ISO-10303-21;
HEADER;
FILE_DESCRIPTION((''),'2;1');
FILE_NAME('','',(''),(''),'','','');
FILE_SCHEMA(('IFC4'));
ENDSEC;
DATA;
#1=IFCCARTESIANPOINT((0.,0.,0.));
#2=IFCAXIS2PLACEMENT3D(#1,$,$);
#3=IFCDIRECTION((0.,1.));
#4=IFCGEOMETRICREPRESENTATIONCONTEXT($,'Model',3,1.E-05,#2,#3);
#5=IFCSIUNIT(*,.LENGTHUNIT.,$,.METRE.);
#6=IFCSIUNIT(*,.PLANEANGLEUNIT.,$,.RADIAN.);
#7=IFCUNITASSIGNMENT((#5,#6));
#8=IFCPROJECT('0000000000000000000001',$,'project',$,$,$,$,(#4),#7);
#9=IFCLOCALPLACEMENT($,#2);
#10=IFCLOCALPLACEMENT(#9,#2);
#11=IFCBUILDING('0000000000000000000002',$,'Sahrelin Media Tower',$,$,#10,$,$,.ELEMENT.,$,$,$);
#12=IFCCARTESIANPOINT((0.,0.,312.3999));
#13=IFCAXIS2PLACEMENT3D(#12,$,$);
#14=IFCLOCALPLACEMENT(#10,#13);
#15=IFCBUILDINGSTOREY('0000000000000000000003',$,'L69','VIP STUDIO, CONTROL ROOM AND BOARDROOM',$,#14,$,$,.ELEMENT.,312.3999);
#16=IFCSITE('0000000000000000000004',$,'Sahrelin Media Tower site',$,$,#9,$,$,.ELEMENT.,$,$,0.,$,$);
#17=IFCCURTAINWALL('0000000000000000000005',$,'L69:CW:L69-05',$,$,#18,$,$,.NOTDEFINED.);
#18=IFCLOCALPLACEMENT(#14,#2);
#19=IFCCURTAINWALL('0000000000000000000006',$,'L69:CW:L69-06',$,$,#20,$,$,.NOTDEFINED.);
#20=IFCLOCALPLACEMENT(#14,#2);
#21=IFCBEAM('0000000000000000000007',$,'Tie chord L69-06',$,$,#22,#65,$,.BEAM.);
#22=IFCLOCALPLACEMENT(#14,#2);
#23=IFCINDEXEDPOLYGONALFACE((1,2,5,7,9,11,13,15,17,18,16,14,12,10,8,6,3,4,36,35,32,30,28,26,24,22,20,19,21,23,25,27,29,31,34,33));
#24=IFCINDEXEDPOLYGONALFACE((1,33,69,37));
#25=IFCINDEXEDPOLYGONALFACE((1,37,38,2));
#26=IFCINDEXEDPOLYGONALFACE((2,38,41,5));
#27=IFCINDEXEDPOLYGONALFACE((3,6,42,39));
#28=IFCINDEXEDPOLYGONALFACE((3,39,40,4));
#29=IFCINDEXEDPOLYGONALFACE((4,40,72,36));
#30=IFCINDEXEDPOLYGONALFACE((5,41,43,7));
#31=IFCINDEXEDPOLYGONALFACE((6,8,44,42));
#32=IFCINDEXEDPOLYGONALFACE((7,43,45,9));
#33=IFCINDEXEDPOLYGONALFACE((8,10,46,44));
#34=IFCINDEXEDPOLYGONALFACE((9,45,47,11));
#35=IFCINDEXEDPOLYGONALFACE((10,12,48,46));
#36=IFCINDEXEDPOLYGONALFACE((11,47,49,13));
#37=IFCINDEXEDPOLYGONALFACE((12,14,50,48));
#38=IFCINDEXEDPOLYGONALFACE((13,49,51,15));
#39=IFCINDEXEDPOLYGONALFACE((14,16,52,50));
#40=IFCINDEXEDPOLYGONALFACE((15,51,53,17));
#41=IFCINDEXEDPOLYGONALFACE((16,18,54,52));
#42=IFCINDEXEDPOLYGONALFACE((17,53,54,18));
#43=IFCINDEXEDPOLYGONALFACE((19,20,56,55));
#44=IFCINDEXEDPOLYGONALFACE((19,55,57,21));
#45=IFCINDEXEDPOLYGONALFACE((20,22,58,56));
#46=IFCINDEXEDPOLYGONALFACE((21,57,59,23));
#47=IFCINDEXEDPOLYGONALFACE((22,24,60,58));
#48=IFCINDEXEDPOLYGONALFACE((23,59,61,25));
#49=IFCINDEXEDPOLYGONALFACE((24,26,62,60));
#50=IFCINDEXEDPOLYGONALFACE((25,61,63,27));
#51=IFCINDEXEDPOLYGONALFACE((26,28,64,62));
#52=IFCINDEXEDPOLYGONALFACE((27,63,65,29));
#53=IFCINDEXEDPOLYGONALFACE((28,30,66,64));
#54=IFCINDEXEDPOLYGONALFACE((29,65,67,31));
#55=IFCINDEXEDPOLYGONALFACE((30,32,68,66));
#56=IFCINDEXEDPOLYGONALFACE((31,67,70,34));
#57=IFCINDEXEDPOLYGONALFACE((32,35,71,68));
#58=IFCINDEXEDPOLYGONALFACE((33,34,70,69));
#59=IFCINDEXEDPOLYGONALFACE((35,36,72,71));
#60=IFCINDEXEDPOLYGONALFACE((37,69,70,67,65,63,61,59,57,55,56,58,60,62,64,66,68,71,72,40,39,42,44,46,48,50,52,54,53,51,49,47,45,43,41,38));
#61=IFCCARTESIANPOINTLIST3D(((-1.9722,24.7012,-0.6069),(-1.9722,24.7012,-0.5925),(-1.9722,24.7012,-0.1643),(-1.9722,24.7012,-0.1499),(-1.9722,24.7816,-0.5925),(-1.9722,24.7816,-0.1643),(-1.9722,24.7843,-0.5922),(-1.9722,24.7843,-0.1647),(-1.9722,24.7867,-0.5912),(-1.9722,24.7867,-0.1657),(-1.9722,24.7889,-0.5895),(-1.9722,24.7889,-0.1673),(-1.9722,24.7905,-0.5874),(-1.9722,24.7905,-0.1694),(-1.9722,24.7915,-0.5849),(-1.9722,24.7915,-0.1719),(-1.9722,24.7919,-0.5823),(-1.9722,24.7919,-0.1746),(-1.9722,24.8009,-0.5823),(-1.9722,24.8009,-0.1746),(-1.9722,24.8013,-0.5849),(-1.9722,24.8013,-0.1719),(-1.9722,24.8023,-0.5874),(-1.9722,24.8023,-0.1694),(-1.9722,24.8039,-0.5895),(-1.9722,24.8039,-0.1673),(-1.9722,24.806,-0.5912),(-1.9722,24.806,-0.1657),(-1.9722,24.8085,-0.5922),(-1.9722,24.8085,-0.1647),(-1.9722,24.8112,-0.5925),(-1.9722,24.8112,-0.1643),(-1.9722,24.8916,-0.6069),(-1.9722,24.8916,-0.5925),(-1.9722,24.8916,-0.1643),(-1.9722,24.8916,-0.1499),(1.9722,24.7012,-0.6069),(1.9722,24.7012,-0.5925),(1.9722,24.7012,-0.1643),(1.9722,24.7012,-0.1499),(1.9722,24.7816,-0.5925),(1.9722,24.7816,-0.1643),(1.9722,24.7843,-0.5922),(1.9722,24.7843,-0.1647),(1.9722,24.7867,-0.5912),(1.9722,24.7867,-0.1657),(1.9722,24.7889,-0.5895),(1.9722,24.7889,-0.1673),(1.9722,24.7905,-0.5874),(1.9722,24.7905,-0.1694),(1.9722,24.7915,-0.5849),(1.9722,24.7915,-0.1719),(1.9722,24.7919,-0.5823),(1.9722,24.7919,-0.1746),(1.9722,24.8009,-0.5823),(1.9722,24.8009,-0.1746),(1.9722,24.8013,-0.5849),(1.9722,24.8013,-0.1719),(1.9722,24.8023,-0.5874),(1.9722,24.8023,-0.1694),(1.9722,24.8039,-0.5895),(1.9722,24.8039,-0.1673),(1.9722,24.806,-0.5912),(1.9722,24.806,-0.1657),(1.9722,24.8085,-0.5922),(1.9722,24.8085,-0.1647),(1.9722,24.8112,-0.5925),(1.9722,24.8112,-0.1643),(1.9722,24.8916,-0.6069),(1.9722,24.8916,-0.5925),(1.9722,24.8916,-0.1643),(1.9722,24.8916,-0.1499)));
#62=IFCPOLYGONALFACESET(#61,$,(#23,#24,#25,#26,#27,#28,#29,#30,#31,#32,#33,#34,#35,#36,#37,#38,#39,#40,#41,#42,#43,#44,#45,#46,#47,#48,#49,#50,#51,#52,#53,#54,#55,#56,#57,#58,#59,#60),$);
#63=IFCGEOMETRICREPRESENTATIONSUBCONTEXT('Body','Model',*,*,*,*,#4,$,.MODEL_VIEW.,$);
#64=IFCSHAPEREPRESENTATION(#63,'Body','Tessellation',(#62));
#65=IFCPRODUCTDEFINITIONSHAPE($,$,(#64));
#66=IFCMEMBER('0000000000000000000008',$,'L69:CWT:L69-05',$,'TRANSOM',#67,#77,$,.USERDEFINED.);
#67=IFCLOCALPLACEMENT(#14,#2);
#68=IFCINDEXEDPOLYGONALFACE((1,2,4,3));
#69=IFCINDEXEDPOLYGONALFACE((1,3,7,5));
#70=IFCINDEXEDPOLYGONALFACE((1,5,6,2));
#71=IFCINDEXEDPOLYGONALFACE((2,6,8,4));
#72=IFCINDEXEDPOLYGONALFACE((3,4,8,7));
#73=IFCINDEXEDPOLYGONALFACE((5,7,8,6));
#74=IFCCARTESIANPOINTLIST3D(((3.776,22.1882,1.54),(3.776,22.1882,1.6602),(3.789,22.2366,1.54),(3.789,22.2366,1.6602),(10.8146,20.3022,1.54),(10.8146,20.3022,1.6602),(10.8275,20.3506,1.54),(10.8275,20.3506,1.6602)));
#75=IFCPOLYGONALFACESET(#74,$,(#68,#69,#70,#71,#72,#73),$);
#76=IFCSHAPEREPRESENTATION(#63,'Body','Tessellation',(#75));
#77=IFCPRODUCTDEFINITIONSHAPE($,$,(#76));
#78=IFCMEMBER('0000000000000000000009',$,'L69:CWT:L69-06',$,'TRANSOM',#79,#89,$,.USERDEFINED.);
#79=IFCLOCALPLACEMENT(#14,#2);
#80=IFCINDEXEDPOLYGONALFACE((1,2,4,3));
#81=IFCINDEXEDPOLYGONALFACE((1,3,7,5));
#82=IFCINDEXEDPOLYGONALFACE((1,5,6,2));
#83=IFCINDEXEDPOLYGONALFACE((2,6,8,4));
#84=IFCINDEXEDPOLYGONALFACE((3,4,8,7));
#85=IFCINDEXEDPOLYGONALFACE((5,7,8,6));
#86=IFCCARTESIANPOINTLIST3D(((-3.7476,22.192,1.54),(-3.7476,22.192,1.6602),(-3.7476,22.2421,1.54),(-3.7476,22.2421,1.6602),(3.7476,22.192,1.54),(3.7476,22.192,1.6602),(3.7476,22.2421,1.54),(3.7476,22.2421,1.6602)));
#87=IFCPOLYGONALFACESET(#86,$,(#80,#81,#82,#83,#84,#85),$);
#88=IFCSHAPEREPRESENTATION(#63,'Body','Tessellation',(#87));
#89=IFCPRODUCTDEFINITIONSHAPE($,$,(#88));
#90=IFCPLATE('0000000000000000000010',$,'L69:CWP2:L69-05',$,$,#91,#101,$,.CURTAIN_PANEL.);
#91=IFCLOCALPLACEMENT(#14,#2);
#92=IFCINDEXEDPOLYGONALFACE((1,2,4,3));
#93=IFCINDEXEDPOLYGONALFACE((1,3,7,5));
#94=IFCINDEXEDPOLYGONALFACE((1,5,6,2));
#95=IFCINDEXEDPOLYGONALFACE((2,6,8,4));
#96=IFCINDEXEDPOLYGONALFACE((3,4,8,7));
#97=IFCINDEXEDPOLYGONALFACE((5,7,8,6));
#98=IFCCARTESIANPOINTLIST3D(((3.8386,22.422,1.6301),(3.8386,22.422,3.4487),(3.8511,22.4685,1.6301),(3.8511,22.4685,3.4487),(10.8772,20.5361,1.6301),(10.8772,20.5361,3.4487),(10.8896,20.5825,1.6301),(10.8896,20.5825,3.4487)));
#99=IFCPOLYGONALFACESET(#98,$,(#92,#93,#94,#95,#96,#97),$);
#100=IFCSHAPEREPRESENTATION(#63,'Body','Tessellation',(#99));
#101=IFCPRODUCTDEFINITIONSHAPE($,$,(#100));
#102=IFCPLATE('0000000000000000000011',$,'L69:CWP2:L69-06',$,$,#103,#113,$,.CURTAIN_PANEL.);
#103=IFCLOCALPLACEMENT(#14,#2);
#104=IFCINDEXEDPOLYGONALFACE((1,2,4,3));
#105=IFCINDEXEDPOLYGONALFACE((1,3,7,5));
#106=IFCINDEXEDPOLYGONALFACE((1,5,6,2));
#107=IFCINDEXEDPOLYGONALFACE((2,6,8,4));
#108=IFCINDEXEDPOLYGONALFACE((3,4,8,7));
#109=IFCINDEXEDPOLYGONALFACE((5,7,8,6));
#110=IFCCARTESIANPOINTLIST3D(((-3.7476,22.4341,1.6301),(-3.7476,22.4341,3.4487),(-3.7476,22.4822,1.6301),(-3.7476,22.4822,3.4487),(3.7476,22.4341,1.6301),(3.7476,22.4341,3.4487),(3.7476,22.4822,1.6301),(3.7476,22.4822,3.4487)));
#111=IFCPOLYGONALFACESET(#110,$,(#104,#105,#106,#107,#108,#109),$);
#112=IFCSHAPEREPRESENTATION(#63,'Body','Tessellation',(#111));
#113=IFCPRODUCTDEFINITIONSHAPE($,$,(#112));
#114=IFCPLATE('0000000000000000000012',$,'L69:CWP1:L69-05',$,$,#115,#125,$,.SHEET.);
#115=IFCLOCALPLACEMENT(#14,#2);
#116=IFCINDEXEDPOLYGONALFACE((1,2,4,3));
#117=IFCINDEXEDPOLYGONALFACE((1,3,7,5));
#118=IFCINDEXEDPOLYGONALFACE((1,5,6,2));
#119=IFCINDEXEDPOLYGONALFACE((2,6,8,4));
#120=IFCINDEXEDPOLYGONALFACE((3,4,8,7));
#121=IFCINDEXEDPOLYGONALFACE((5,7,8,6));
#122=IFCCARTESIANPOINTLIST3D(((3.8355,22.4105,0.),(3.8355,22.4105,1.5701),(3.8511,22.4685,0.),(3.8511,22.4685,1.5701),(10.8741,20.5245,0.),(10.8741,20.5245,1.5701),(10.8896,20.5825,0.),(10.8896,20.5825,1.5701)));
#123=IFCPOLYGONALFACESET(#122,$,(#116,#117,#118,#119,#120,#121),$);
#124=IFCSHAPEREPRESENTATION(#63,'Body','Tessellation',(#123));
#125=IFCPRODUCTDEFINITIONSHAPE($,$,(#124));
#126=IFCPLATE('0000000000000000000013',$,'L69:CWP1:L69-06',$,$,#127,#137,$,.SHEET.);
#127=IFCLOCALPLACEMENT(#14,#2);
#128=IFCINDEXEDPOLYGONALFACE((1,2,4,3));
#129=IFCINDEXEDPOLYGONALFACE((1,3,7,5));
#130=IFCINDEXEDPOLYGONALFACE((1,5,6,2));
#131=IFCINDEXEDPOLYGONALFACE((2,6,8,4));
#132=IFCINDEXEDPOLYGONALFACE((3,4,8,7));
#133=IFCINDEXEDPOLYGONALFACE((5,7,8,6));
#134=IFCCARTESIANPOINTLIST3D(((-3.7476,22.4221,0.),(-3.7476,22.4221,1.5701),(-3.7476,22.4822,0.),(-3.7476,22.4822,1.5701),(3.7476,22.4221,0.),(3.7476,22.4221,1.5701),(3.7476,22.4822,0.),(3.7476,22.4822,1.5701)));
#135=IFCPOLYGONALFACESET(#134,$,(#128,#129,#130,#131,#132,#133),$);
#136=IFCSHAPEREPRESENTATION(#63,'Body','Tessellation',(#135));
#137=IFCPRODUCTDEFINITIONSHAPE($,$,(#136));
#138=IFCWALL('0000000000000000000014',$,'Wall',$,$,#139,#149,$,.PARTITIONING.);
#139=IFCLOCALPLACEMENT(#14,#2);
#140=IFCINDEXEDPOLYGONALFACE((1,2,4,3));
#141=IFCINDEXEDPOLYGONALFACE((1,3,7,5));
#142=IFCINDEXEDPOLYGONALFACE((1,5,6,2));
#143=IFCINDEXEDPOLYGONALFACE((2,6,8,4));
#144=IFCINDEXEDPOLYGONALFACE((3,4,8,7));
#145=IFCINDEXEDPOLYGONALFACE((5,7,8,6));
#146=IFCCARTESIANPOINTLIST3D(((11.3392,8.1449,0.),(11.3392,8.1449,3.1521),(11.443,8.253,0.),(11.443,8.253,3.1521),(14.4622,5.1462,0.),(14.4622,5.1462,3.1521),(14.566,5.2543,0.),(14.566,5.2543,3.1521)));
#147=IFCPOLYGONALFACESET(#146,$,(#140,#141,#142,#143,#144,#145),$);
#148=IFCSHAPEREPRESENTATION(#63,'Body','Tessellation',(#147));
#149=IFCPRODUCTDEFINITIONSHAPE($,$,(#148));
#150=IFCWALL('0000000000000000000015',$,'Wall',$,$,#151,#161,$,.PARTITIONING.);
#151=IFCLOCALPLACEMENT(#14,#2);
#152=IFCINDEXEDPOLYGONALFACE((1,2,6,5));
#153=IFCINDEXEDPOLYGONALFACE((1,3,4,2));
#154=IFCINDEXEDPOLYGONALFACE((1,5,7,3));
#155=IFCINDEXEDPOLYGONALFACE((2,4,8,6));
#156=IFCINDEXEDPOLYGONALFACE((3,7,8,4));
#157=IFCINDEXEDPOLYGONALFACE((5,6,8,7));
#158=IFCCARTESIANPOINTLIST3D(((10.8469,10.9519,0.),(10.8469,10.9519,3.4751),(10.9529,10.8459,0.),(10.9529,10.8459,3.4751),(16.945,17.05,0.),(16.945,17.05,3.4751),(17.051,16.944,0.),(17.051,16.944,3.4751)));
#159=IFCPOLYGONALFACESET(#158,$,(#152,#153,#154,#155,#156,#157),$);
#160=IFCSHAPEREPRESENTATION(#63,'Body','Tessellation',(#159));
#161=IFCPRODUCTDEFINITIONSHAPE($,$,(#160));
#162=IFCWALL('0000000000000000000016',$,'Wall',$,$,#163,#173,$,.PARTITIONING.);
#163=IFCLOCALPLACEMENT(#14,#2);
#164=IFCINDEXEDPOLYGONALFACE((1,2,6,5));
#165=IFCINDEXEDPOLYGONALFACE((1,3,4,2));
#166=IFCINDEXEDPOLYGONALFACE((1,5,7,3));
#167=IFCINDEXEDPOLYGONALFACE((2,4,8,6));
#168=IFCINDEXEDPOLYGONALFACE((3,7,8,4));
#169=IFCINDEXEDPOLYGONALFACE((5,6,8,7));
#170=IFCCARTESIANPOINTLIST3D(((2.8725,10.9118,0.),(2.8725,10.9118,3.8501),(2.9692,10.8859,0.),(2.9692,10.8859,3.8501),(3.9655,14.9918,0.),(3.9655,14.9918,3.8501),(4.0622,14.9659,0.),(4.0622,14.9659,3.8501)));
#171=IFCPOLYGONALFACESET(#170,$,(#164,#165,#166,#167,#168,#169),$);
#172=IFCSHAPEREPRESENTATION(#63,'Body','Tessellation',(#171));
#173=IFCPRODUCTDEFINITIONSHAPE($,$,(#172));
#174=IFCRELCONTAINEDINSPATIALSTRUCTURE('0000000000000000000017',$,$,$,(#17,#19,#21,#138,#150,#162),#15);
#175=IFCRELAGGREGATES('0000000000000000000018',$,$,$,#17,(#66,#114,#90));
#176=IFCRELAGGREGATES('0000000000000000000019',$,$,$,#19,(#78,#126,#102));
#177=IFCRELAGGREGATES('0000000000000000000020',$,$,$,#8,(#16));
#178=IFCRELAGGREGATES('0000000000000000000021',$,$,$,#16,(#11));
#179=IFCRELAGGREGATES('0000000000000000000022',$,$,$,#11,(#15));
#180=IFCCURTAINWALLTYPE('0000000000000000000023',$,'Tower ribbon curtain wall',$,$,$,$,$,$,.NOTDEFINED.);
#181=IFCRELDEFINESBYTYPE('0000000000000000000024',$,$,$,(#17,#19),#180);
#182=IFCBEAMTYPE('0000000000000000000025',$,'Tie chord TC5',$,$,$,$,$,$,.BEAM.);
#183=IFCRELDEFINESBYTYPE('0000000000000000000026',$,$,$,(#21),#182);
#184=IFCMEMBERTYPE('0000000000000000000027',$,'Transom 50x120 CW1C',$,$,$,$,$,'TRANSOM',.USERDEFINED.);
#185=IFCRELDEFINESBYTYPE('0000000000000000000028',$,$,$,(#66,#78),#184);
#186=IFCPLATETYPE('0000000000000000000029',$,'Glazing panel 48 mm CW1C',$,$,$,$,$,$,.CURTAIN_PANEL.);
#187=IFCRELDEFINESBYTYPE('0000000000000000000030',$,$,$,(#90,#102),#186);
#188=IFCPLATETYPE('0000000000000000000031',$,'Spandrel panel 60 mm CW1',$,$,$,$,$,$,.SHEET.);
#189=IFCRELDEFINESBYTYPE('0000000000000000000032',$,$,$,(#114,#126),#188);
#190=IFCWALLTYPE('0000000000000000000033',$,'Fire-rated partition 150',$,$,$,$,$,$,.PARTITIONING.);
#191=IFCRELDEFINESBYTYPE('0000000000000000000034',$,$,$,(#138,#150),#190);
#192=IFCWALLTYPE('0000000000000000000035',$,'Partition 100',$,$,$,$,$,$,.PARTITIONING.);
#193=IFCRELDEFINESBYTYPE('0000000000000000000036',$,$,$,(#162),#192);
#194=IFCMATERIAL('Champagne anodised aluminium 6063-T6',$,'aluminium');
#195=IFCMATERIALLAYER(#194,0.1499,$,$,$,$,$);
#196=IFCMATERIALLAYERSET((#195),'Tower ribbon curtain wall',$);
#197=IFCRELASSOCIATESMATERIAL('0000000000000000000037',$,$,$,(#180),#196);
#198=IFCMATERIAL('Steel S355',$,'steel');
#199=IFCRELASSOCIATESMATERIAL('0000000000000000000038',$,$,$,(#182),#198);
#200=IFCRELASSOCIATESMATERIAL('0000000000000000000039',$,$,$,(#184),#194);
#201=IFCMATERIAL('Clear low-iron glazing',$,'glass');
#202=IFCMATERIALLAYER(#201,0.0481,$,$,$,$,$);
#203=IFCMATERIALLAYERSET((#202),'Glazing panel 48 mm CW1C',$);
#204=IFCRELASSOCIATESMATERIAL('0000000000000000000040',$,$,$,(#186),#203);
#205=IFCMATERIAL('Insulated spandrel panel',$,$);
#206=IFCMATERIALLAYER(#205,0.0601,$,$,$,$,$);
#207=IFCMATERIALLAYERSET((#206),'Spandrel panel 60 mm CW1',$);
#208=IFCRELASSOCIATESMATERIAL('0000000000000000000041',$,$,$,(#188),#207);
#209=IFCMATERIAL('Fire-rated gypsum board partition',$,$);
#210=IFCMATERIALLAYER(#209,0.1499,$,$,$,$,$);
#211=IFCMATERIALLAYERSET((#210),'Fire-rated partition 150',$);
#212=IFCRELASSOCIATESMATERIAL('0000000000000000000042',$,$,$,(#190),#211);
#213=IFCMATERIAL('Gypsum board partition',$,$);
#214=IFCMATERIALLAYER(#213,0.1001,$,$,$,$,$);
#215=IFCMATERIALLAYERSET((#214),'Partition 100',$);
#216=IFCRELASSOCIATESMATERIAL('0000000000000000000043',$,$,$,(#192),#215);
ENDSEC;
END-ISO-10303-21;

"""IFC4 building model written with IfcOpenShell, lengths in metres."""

from ifc_helpers import new_model, si_unit, direction, frame, frame_2d, origin, origin_2d, place, context, subcontext, project, spatial, polyline, rectangle, i_section, outline, extrude, material, layer, layer_set, material_profile, profile_set, type_object, element, aggregate, save


model = new_model("IFC4")

# Units and contexts
model_context = context("Model", 3, precision=1e-05, world=origin(), true_north=direction((0.0, 1.0)))
body_context = subcontext(model_context, "Body", "Model", "MODEL_VIEW")
ifc_project = project(units=[si_unit("LENGTHUNIT", "METRE"), si_unit("PLANEANGLEUNIT", "RADIAN")], contexts=[model_context])

# Site, building, storey
site_placement = place(None, origin())
site = spatial("IfcSite", under=ifc_project, at=site_placement, Name="Sahrelin Media Tower site", CompositionType="ELEMENT", RefElevation=0.0)
building_placement = place(site_placement, origin())
building = spatial("IfcBuilding", under=site, at=building_placement, Name="Sahrelin Media Tower", CompositionType="ELEMENT")
storey_placement = place(building_placement, frame((0.0, 0.0, 312.3999)))
storey = spatial("IfcBuildingStorey", under=building, at=storey_placement, Name="L69", Description="VIP STUDIO, CONTROL ROOM AND BOARDROOM", CompositionType="ELEMENT", Elevation=312.3999)

# Shared definitions
ifc_material_1 = material(Name="Steel S355", Category="steel")

# Curtain walls
ifc_material_2 = material(Name="Champagne anodised aluminium 6063-T6", Category="aluminium")
ifc_layer_1 = layer(ifc_material_2, 0.1499)
ifc_layer_set_1 = layer_set([ifc_layer_1], Name="Tower ribbon curtain wall")
curtain_wall_type = type_object("IfcCurtainWallType", Name="Tower ribbon curtain wall", PredefinedType="NOTDEFINED", material=ifc_layer_set_1)
curtain_wall_1_placement = place(storey_placement, frame((7.3652, 21.5061, 0.0), z_axis=(0.0, 0.0, 1.0), x_axis=(1.0, 0.0, 0.0)))
curtain_wall_1 = element("IfcCurtainWall", 1, at=curtain_wall_1_placement, inside=storey, type_object=curtain_wall_type, Name="L69:CW:L69-05", PredefinedType="NOTDEFINED")
placement_1 = place(storey_placement, frame((0.0, 22.4622, 0.0), z_axis=(0.0, 0.0, 1.0), x_axis=(1.0, 0.0, 0.0)))
curtain_wall_2 = element("IfcCurtainWall", 2, at=placement_1, inside=storey, type_object=curtain_wall_type, Name="L69:CW:L69-06", PredefinedType="NOTDEFINED")

# Beam
ifc_material_profile_1 = material_profile(ifc_material_1, i_section(OverallWidth=0.1904, OverallDepth=0.457, WebThickness=0.009, FlangeThickness=0.0144, FilletRadius=0.0103, at=origin_2d()), Name="UB 457x191x74")
ifc_profile_set_1 = profile_set([ifc_material_profile_1], Name="Steel S355")
beam_type_1 = type_object("IfcBeamType", Name="Tie chord TC5", PredefinedType="BEAM", material=ifc_profile_set_1)
beam_1_placement = place(storey_placement, frame((1.9722, 24.7964, -0.3784), z_axis=(-1.0, 0.0, 0.0), x_axis=(0.0, -1.0, 0.0)))
element("IfcBeam", 3, at=beam_1_placement, inside=storey, type_object=beam_type_1, Name="Tie chord L69-06", PredefinedType="BEAM", context=body_context, shape_type="SweptSolid", body=[
    extrude(i_section(OverallWidth=0.1904, OverallDepth=0.457, WebThickness=0.009, FlangeThickness=0.0144, FilletRadius=0.0103, at=origin_2d()), origin(), (0.0, 0.0, 1.0), 3.9443),
])

# Members
ifc_material_profile_2 = material_profile(ifc_material_2, rectangle(XDim=0.05, YDim=0.1201, at=origin_2d()), Name="Transom 50x120")
ifc_profile_set_2 = profile_set([ifc_material_profile_2], Name="Champagne anodised aluminium 6063-T6")
member_type_1 = type_object("IfcMemberType", Name="Transom 50x120 CW1C", ElementType="TRANSOM", PredefinedType="USERDEFINED", material=ifc_profile_set_2)
member_1_placement = place(storey_placement, frame((10.821, 20.3264, 1.6001), z_axis=(-0.965926, 0.25882, 0.0), x_axis=(-0.25882, -0.965926, 0.0)))
member_1 = element("IfcMember", 4, at=member_1_placement, type_object=member_type_1, Name="L69:CWT:L69-05", ObjectType="TRANSOM", PredefinedType="USERDEFINED", context=body_context, shape_type="SweptSolid", body=[
    extrude(rectangle(XDim=0.05, YDim=0.1201, at=origin_2d()), origin(), (0.0, 0.0, 1.0), 7.2869),
])
member_2_placement = place(storey_placement, frame((3.7476, 22.217, 1.6001), z_axis=(-1.0, 0.0, 0.0), x_axis=(0.0, -1.0, 0.0)))
member_2 = element("IfcMember", 5, at=member_2_placement, type_object=member_type_1, Name="L69:CWT:L69-06", ObjectType="TRANSOM", PredefinedType="USERDEFINED", context=body_context, shape_type="SweptSolid", body=[
    extrude(rectangle(XDim=0.05, YDim=0.1201, at=origin_2d()), origin(), (0.0, 0.0, 1.0), 7.4951),
])

# Plates
ifc_material_3 = material(Name="Clear low-iron glazing", Category="glass")
ifc_layer_2 = layer(ifc_material_3, 0.0481)
ifc_layer_set_2 = layer_set([ifc_layer_2], Name="Glazing panel 48 mm CW1C")
plate_type_1 = type_object("IfcPlateType", Name="Glazing panel 48 mm CW1C", PredefinedType="CURTAIN_PANEL", material=ifc_layer_set_2)
plate_1_placement = place(storey_placement, frame((10.8896, 20.5825, 1.6301), z_axis=(0.25882, 0.965926, 0.0), x_axis=(-0.965926, 0.25882, 0.0)))
plate_1 = element("IfcPlate", 6, at=plate_1_placement, type_object=plate_type_1, Name="L69:CWP2:L69-05", PredefinedType="CURTAIN_PANEL", context=body_context, shape_type="SweptSolid", body=[
    extrude(outline(polyline([(0.0, 0.0), (7.2869, 0.0), (7.2869, 1.8186), (0.0, 1.8186), (0.0, 0.0)])), origin(), (0.0, 0.0, -1.0), 0.0481),
])
plate_2_placement = place(storey_placement, frame((3.7476, 22.4822, 1.6301), z_axis=(0.0, 1.0, 0.0), x_axis=(-1.0, 0.0, 0.0)))
plate_2 = element("IfcPlate", 7, at=plate_2_placement, type_object=plate_type_1, Name="L69:CWP2:L69-06", PredefinedType="CURTAIN_PANEL", context=body_context, shape_type="SweptSolid", body=[
    extrude(outline(polyline([(0.0, 0.0), (7.4951, 0.0), (7.4951, 1.8186), (0.0, 1.8186), (0.0, 0.0)])), origin(), (0.0, 0.0, -1.0), 0.0481),
])
ifc_material_4 = material(Name="Insulated spandrel panel")
ifc_layer_3 = layer(ifc_material_4, 0.0601)
ifc_layer_set_3 = layer_set([ifc_layer_3], Name="Spandrel panel 60 mm CW1")
plate_type_2 = type_object("IfcPlateType", Name="Spandrel panel 60 mm CW1", PredefinedType="SHEET", material=ifc_layer_set_3)
plate_3_placement = place(storey_placement, frame((10.8896, 20.5825, 0.0), z_axis=(0.25882, 0.965926, 0.0), x_axis=(-0.965926, 0.25882, 0.0)))
plate_3 = element("IfcPlate", 8, at=plate_3_placement, type_object=plate_type_2, Name="L69:CWP1:L69-05", PredefinedType="SHEET", context=body_context, shape_type="SweptSolid", body=[
    extrude(outline(polyline([(0.0, 0.0), (7.2869, 0.0), (7.2869, 1.5701), (0.0, 1.5701), (0.0, 0.0)])), origin(), (0.0, 0.0, -1.0), 0.0601),
])
aggregate(curtain_wall_1, [member_1, plate_3, plate_1])
plate_4_placement = place(storey_placement, frame((3.7476, 22.4822, 0.0), z_axis=(0.0, 1.0, 0.0), x_axis=(-1.0, 0.0, 0.0)))
plate_4 = element("IfcPlate", 9, at=plate_4_placement, type_object=plate_type_2, Name="L69:CWP1:L69-06", PredefinedType="SHEET", context=body_context, shape_type="SweptSolid", body=[
    extrude(outline(polyline([(0.0, 0.0), (7.4951, 0.0), (7.4951, 1.5701), (0.0, 1.5701), (0.0, 0.0)])), origin(), (0.0, 0.0, -1.0), 0.0601),
])
aggregate(curtain_wall_2, [member_2, plate_4, plate_2])

# Walls
ifc_material_5 = material(Name="Fire-rated gypsum board partition")
ifc_layer_4 = layer(ifc_material_5, 0.1499)
ifc_layer_set_4 = layer_set([ifc_layer_4], Name="Fire-rated partition 150")
wall_type_1 = type_object("IfcWallType", Name="Fire-rated partition 150", PredefinedType="PARTITIONING", material=ifc_layer_set_4)
wall_1_placement = place(storey_placement, frame((11.3911, 8.199, 0.0), z_axis=(0.0, 0.0, 1.0), x_axis=(0.721312, -0.69261, 0.0)))
element("IfcWall", 10, at=wall_1_placement, inside=storey, type_object=wall_type_1, Name="Wall", PredefinedType="PARTITIONING", context=body_context, shape_type="SweptSolid", body=[
    extrude(rectangle(XDim=4.3296, YDim=0.1499, at=frame_2d((2.1648, 0.0))), origin(), (0.0, 0.0, 1.0), 3.1521),
])
wall_2_placement = place(storey_placement, frame((10.8999, 10.8989, 0.0), z_axis=(0.0, 0.0, 1.0), x_axis=(0.707107, 0.707107, 0.0)))
element("IfcWall", 11, at=wall_2_placement, inside=storey, type_object=wall_type_1, Name="Wall", PredefinedType="PARTITIONING", context=body_context, shape_type="SweptSolid", body=[
    extrude(rectangle(XDim=8.624, YDim=0.1499, at=frame_2d((4.312, 0.0))), origin(), (0.0, 0.0, 1.0), 3.4751),
])
ifc_material_6 = material(Name="Gypsum board partition")
ifc_layer_5 = layer(ifc_material_6, 0.1001)
ifc_layer_set_5 = layer_set([ifc_layer_5], Name="Partition 100")
wall_type_2 = type_object("IfcWallType", Name="Partition 100", PredefinedType="PARTITIONING", material=ifc_layer_set_5)
wall_3_placement = place(storey_placement, frame((2.9209, 10.8989, 0.0), z_axis=(0.0, 0.0, 1.0), x_axis=(0.258767, 0.96594, 0.0)))
element("IfcWall", 12, at=wall_3_placement, inside=storey, type_object=wall_type_2, Name="Wall", PredefinedType="PARTITIONING", context=body_context, shape_type="SweptSolid", body=[
    extrude(rectangle(XDim=4.2239, YDim=0.1001, at=frame_2d((2.1118, 0.0))), origin(), (0.0, 0.0, 1.0), 3.8501),
])

save(model, "model.ifc")
